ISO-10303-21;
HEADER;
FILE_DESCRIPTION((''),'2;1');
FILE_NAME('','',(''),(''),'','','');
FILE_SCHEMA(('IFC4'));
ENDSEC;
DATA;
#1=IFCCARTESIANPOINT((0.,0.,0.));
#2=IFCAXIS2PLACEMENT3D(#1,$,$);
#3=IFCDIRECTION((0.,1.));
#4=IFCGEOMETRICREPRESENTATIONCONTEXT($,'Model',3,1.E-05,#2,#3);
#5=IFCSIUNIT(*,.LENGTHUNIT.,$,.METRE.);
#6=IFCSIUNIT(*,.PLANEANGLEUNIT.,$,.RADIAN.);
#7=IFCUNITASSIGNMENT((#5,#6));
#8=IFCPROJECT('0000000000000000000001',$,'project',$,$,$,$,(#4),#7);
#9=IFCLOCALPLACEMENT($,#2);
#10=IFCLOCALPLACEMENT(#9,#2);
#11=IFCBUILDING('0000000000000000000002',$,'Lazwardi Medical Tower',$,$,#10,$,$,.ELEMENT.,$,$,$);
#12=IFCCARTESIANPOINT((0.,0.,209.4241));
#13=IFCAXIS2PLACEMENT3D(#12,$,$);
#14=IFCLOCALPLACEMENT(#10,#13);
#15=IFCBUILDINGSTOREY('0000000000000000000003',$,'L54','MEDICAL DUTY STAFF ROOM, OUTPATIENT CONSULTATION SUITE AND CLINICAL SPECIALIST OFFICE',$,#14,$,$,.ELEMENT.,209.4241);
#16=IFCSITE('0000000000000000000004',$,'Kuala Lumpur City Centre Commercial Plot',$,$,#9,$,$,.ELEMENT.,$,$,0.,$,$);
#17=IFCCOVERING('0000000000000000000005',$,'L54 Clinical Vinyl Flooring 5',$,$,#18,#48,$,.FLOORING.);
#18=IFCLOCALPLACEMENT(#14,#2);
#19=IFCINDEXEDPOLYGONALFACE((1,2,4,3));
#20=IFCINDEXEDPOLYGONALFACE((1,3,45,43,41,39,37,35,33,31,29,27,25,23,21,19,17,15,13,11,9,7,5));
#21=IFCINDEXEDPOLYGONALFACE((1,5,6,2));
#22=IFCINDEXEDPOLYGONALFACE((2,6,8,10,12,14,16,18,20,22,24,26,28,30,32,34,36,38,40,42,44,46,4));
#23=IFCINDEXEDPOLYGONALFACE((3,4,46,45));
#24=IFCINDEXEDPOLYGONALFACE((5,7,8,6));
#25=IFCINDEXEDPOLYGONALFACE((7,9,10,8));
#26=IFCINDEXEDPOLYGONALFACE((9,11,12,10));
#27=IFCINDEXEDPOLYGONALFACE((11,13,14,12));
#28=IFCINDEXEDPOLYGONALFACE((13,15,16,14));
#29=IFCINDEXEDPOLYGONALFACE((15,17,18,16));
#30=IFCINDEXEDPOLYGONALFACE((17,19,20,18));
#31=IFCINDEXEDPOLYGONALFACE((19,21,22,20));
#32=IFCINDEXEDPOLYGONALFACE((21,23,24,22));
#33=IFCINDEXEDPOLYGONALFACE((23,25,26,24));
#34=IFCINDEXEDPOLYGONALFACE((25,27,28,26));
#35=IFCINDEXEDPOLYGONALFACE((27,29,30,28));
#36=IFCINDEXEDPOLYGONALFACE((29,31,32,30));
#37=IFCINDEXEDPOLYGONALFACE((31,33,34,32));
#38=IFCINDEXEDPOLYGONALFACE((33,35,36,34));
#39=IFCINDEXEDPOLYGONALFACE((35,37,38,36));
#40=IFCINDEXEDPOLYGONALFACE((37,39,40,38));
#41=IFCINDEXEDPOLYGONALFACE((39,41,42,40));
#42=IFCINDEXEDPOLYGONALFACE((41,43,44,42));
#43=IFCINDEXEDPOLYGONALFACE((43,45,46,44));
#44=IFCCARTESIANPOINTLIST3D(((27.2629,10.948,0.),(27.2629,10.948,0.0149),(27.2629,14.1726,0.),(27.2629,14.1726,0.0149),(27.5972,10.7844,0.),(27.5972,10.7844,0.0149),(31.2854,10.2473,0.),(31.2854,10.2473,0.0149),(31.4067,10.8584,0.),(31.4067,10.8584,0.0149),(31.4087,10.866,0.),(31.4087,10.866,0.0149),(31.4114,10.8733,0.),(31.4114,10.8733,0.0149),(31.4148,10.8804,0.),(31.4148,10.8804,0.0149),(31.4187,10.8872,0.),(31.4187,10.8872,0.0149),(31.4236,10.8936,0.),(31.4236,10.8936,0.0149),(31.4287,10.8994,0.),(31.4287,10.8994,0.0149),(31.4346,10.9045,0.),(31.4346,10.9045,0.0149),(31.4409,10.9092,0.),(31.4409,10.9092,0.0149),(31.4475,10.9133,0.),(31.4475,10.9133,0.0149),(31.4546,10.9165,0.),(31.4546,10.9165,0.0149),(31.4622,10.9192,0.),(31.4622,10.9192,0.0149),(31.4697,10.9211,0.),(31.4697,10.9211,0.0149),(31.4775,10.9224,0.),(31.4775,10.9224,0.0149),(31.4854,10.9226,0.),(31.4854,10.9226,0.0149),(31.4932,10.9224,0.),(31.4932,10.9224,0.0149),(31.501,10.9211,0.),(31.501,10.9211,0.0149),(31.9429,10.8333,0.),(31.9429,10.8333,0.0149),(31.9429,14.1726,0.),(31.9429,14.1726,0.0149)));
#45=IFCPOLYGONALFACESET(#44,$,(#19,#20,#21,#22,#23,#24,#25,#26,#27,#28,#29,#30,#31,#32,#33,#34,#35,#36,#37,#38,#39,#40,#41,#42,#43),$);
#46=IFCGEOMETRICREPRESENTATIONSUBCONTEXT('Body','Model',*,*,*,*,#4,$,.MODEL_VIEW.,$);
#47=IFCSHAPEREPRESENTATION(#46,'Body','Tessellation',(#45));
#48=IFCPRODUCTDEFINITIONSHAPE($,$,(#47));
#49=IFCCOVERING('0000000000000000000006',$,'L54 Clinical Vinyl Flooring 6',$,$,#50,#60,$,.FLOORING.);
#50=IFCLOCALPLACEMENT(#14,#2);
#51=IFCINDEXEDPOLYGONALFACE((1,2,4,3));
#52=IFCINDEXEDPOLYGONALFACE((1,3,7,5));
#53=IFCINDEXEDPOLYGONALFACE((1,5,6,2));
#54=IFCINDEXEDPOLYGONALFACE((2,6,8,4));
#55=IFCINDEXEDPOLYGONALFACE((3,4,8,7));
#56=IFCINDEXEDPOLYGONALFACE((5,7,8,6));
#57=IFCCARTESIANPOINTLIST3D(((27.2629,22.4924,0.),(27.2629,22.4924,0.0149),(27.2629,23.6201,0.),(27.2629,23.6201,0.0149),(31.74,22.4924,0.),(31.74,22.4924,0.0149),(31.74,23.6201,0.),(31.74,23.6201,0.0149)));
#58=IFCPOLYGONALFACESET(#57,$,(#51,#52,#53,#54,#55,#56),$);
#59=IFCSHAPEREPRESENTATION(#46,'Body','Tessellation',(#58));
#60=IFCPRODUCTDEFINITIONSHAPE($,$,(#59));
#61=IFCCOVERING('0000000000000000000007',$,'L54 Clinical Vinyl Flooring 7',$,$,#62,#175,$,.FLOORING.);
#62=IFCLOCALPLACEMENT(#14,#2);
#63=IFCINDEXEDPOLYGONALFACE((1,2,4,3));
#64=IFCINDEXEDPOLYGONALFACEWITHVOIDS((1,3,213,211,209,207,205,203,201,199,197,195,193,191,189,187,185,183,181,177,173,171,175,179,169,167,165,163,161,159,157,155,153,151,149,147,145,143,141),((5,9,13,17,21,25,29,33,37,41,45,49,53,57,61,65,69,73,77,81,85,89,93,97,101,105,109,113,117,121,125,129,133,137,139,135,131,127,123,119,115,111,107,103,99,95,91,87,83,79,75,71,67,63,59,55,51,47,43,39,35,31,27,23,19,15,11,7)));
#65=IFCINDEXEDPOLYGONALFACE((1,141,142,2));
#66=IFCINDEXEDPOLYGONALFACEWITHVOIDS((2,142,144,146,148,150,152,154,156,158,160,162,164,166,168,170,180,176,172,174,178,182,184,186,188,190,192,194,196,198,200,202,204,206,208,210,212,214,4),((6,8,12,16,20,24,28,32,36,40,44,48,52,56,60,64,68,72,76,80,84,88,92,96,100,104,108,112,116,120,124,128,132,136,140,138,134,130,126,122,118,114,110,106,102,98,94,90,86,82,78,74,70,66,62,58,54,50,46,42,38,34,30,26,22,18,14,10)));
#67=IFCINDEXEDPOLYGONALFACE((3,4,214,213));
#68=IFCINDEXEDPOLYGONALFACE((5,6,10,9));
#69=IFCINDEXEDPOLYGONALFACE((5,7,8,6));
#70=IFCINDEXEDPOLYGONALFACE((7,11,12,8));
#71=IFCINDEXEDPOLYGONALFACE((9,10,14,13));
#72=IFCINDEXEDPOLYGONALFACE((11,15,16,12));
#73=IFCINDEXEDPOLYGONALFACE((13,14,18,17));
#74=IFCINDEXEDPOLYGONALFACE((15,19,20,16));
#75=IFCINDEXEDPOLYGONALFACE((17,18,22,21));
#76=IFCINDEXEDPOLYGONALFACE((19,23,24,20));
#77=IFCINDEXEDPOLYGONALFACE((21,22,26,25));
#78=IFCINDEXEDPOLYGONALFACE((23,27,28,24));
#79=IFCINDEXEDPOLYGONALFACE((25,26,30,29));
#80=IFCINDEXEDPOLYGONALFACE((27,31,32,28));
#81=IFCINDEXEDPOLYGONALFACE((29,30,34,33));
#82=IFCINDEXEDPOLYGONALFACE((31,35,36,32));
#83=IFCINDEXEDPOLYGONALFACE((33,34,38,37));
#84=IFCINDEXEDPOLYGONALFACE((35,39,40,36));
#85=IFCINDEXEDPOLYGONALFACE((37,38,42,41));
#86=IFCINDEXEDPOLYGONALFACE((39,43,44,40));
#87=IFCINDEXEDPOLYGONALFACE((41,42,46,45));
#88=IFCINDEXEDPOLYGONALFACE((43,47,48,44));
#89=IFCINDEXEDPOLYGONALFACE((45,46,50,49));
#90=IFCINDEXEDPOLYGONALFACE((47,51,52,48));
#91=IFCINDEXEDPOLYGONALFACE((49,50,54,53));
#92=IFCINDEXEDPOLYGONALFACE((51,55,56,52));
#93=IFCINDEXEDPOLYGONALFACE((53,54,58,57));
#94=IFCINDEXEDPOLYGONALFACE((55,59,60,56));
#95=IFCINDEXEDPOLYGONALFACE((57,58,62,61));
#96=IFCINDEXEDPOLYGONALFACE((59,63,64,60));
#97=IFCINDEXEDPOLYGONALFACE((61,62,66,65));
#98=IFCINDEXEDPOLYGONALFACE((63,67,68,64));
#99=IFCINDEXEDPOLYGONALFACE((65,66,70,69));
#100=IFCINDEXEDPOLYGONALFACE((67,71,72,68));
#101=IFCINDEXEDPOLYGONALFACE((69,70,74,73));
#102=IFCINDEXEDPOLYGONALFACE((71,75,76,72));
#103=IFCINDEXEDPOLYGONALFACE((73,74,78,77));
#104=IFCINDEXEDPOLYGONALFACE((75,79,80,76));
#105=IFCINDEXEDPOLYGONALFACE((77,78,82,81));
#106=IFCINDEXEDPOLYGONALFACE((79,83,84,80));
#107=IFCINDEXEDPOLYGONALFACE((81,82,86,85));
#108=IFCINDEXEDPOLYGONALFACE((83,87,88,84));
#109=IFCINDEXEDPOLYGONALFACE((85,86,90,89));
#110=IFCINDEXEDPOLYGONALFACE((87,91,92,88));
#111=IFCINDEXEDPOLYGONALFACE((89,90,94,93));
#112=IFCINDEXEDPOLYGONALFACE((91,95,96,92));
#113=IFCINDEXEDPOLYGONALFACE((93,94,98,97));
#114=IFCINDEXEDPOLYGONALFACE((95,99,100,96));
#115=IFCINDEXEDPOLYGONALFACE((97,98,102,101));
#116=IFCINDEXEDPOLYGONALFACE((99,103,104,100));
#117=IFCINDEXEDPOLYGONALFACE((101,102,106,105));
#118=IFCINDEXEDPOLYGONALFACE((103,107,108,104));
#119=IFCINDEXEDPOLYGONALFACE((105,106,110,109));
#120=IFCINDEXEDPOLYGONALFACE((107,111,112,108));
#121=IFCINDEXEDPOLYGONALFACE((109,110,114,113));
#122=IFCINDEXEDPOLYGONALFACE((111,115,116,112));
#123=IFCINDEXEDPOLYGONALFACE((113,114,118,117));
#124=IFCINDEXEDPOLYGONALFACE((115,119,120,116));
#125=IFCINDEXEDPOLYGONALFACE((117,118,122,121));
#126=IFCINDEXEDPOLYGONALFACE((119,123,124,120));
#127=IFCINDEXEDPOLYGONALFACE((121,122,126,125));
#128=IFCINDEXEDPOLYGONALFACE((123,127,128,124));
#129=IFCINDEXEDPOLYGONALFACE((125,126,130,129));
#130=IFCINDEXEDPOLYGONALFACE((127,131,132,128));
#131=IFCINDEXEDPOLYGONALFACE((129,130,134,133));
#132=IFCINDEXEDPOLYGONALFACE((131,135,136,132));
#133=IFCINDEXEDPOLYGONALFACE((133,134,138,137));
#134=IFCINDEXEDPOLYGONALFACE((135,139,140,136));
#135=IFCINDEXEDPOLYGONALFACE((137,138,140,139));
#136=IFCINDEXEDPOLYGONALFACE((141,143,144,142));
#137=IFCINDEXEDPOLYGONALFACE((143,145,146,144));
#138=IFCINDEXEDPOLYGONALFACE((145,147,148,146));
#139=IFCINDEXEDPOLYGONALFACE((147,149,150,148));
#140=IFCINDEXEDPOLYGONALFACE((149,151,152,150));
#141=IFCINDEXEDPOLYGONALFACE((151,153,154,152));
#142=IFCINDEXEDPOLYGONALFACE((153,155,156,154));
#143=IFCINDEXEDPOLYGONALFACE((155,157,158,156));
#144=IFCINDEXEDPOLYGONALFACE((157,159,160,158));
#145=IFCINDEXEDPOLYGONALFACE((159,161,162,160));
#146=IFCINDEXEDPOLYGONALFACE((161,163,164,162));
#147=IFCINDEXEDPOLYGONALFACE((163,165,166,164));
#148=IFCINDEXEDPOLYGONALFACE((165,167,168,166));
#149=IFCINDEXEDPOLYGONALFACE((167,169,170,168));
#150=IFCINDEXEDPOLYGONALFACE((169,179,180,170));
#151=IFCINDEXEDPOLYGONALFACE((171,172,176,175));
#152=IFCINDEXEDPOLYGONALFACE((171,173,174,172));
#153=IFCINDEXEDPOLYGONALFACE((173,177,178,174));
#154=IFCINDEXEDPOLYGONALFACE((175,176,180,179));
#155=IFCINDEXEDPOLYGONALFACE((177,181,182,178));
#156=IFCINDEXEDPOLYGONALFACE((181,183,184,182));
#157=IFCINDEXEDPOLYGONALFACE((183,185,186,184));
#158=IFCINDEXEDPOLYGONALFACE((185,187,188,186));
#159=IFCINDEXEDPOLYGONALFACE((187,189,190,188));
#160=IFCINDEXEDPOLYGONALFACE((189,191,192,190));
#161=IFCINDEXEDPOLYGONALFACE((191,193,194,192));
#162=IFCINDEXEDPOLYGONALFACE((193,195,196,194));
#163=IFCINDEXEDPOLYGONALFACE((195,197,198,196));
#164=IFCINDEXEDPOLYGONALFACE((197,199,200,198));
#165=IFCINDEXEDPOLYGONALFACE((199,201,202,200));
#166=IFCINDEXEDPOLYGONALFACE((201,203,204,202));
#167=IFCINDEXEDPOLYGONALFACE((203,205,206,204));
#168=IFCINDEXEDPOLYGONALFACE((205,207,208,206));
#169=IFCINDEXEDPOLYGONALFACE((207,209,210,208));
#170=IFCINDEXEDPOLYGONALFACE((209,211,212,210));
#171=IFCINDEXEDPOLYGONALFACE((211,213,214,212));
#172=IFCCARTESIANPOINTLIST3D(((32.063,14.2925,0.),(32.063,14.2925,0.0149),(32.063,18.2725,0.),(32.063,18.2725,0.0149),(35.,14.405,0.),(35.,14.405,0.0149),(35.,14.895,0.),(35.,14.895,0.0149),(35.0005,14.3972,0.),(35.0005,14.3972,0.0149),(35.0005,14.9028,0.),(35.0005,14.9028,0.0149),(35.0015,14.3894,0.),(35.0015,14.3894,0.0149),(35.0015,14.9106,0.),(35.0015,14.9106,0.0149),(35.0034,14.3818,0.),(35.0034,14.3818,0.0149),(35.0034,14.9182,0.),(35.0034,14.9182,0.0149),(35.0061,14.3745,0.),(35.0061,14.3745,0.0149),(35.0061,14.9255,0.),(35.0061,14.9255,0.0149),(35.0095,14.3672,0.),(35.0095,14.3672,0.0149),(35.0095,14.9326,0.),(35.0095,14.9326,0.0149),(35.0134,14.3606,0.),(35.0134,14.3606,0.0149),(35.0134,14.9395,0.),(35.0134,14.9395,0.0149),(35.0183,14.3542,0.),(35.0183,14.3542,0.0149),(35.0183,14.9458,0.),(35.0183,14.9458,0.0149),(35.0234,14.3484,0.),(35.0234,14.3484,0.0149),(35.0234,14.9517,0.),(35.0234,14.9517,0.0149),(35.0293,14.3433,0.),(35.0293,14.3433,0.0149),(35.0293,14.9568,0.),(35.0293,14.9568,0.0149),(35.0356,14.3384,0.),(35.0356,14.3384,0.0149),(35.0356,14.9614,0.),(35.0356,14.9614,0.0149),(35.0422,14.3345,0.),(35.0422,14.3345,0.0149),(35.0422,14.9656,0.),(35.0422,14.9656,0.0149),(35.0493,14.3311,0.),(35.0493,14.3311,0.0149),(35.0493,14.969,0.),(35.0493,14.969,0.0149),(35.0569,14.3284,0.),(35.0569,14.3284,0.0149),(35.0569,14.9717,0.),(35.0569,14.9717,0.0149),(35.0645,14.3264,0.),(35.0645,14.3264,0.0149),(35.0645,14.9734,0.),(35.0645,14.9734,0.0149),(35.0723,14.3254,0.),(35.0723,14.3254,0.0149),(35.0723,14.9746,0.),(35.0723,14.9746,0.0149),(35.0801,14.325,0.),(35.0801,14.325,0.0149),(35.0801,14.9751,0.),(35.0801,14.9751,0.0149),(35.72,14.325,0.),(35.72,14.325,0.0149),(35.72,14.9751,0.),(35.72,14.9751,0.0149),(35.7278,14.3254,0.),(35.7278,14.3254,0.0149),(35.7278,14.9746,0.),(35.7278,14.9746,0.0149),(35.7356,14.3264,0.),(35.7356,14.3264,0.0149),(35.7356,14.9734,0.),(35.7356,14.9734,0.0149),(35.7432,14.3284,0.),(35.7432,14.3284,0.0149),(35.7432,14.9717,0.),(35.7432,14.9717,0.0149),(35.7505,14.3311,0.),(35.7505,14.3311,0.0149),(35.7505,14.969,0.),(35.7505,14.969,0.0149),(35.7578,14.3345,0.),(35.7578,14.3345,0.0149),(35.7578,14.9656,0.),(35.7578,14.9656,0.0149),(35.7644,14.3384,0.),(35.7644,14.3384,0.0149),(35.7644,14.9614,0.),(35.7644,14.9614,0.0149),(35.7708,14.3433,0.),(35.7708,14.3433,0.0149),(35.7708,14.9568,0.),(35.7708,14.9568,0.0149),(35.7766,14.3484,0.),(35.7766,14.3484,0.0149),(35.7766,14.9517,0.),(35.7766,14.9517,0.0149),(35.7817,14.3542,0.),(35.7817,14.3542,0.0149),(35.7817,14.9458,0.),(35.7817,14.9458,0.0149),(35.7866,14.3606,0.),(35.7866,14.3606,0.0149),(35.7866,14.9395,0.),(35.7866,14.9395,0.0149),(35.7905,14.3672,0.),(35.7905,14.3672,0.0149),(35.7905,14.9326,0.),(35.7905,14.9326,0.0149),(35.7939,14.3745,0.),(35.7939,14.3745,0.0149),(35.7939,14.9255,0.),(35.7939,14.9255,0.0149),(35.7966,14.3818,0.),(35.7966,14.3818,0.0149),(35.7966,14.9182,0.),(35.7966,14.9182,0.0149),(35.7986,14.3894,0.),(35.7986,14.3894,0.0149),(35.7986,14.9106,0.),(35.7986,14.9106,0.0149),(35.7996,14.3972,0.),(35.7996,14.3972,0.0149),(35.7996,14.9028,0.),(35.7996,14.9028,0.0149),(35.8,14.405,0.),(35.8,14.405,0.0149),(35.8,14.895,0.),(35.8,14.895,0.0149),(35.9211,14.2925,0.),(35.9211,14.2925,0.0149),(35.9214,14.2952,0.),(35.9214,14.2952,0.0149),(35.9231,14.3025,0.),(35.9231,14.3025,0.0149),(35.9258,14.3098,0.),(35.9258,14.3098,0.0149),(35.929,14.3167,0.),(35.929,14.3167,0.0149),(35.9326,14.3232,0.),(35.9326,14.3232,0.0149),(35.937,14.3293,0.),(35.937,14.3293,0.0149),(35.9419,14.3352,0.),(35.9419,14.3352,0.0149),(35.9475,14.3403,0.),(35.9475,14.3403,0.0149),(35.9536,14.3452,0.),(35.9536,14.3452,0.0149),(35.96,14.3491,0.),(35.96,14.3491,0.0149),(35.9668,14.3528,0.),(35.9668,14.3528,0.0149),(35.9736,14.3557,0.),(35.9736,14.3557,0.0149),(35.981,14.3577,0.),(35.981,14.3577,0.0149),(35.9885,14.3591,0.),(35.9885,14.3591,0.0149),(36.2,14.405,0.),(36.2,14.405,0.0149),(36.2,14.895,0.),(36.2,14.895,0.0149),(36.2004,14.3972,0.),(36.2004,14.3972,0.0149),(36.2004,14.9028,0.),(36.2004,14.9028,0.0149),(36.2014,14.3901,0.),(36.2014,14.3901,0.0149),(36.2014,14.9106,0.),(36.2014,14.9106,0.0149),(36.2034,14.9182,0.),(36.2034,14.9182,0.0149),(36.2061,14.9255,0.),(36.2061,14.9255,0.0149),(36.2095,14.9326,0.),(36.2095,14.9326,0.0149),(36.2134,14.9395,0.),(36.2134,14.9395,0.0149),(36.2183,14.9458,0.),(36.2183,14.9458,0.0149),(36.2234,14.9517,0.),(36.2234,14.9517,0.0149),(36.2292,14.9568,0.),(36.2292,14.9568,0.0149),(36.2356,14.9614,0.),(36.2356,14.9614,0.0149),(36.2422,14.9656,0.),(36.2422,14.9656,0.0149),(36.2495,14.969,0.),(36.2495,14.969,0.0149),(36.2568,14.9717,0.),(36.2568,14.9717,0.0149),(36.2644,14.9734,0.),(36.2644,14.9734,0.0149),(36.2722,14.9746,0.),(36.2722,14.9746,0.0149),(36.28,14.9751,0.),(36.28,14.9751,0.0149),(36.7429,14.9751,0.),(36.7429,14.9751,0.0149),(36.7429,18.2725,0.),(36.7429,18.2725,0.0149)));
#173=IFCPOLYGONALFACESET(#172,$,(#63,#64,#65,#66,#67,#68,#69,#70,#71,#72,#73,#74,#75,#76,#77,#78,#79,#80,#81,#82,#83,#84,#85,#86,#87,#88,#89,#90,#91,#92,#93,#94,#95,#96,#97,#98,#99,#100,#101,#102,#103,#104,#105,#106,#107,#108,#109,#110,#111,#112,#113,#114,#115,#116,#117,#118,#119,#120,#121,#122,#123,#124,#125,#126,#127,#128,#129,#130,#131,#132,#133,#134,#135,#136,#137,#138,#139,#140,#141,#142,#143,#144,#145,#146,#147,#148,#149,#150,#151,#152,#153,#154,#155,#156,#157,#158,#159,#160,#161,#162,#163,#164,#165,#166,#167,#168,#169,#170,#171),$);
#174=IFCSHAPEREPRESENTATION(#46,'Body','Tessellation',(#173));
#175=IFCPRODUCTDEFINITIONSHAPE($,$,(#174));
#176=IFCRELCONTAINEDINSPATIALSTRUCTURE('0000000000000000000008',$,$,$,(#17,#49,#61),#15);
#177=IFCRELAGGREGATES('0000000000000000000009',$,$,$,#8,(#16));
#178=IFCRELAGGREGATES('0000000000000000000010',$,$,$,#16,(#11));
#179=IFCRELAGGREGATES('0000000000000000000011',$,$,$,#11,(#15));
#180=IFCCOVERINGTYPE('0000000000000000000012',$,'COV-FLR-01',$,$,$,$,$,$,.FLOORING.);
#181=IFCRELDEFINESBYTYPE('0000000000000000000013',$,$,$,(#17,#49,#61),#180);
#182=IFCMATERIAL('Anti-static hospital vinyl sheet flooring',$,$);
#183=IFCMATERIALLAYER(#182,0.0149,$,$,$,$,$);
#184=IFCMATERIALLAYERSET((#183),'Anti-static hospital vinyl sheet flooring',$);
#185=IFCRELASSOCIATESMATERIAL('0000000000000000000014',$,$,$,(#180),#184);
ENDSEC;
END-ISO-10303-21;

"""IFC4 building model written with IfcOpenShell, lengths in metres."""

from ifc_helpers import new_model, si_unit, direction, frame, origin, place, context, subcontext, project, spatial, polyline, outline, extrude, material, layer, layer_set, type_object, element, save


model = new_model("IFC4")

# Units and contexts
model_context = context("Model", 3, precision=1e-05, world=origin(), true_north=direction((0.0, 1.0)))
body_context = subcontext(model_context, "Body", "Model", "MODEL_VIEW")
ifc_project = project(units=[si_unit("LENGTHUNIT", "METRE"), si_unit("PLANEANGLEUNIT", "RADIAN")], contexts=[model_context])

# Site, building, storey
site_placement = place(None, origin())
site = spatial("IfcSite", under=ifc_project, at=site_placement, Name="Kuala Lumpur City Centre Commercial Plot", CompositionType="ELEMENT", RefElevation=0.0)
building_placement = place(site_placement, origin())
building = spatial("IfcBuilding", under=site, at=building_placement, Name="Lazwardi Medical Tower", CompositionType="ELEMENT")
storey_placement = place(building_placement, frame((0.0, 0.0, 209.4241)))
storey = spatial("IfcBuildingStorey", under=building, at=storey_placement, Name="L54", Description="MEDICAL DUTY STAFF ROOM, OUTPATIENT CONSULTATION SUITE AND CLINICAL SPECIALIST OFFICE", CompositionType="ELEMENT", Elevation=209.4241)

# Coverings
ifc_material_1 = material(Name="Anti-static hospital vinyl sheet flooring")
ifc_layer_1 = layer(ifc_material_1, 0.0149)
ifc_layer_set_1 = layer_set([ifc_layer_1], Name="Anti-static hospital vinyl sheet flooring")
covering_type_1 = type_object("IfcCoveringType", Name="COV-FLR-01", PredefinedType="FLOORING", material=ifc_layer_set_1)
covering_1_placement = place(storey_placement, origin())
element("IfcCovering", 1, at=covering_1_placement, inside=storey, type_object=covering_type_1, Name="L54 Clinical Vinyl Flooring 5", PredefinedType="FLOORING", context=body_context, shape_type="SweptSolid", body=[
    extrude(outline(polyline([(27.2629, 10.948), (27.5972, 10.7844), (31.2854, 10.2473), (31.4067, 10.8584), (31.4087, 10.866), (31.4114, 10.8733), (31.4148, 10.8804), (31.4187, 10.8872), (31.4236, 10.8936), (31.4287, 10.8994), (31.4346, 10.9045), (31.4409, 10.9092), (31.4475, 10.9133), (31.4546, 10.9165), (31.4622, 10.9192), (31.4697, 10.9211), (31.4775, 10.9224), (31.4854, 10.9226), (31.4932, 10.9224), (31.501, 10.9211), (31.9429, 10.8333), (31.9429, 14.1726), (27.2629, 14.1726), (27.2629, 10.948)])), origin(), (0.0, 0.0, 1.0), 0.0149),
])
covering_2_placement = place(storey_placement, origin())
element("IfcCovering", 2, at=covering_2_placement, inside=storey, type_object=covering_type_1, Name="L54 Clinical Vinyl Flooring 6", PredefinedType="FLOORING", context=body_context, shape_type="SweptSolid", body=[
    extrude(outline(polyline([(31.74, 22.4924), (31.74, 23.6201), (27.2629, 23.6201), (27.2629, 22.4924), (31.74, 22.4924)])), origin(), (0.0, 0.0, 1.0), 0.0149),
])
covering_3_placement = place(storey_placement, origin())
element("IfcCovering", 3, at=covering_3_placement, inside=storey, type_object=covering_type_1, Name="L54 Clinical Vinyl Flooring 7", PredefinedType="FLOORING", context=body_context, shape_type="SweptSolid", body=[
    extrude(outline(polyline([(35.9211, 14.2925), (35.9214, 14.2952), (35.9231, 14.3025), (35.9258, 14.3098), (35.929, 14.3167), (35.9326, 14.3232), (35.937, 14.3293), (35.9419, 14.3352), (35.9475, 14.3403), (35.9536, 14.3452), (35.96, 14.3491), (35.9668, 14.3528), (35.9736, 14.3557), (35.981, 14.3577), (35.9885, 14.3591), (36.2014, 14.3901), (36.2004, 14.3972), (36.2, 14.405), (36.2, 14.895), (36.2004, 14.9028), (36.2014, 14.9106), (36.2034, 14.9182), (36.2061, 14.9255), (36.2095, 14.9326), (36.2134, 14.9395), (36.2183, 14.9458), (36.2234, 14.9517), (36.2292, 14.9568), (36.2356, 14.9614), (36.2422, 14.9656), (36.2495, 14.969), (36.2568, 14.9717), (36.2644, 14.9734), (36.2722, 14.9746), (36.28, 14.9751), (36.7429, 14.9751), (36.7429, 18.2725), (32.063, 18.2725), (32.063, 14.2925), (35.9211, 14.2925)]), holes=[polyline([(35.7505, 14.3311), (35.7432, 14.3284), (35.7356, 14.3264), (35.7278, 14.3254), (35.72, 14.325), (35.0801, 14.325), (35.0723, 14.3254), (35.0645, 14.3264), (35.0569, 14.3284), (35.0493, 14.3311), (35.0422, 14.3345), (35.0356, 14.3384), (35.0293, 14.3433), (35.0234, 14.3484), (35.0183, 14.3542), (35.0134, 14.3606), (35.0095, 14.3672), (35.0061, 14.3745), (35.0034, 14.3818), (35.0015, 14.3894), (35.0005, 14.3972), (35.0, 14.405), (35.0, 14.895), (35.0005, 14.9028), (35.0015, 14.9106), (35.0034, 14.9182), (35.0061, 14.9255), (35.0095, 14.9326), (35.0134, 14.9395), (35.0183, 14.9458), (35.0234, 14.9517), (35.0293, 14.9568), (35.0356, 14.9614), (35.0422, 14.9656), (35.0493, 14.969), (35.0569, 14.9717), (35.0645, 14.9734), (35.0723, 14.9746), (35.0801, 14.9751), (35.72, 14.9751), (35.7278, 14.9746), (35.7356, 14.9734), (35.7432, 14.9717), (35.7505, 14.969), (35.7578, 14.9656), (35.7644, 14.9614), (35.7708, 14.9568), (35.7766, 14.9517), (35.7817, 14.9458), (35.7866, 14.9395), (35.7905, 14.9326), (35.7939, 14.9255), (35.7966, 14.9182), (35.7986, 14.9106), (35.7996, 14.9028), (35.8, 14.895), (35.8, 14.405), (35.7996, 14.3972), (35.7986, 14.3894), (35.7966, 14.3818), (35.7939, 14.3745), (35.7905, 14.3672), (35.7866, 14.3606), (35.7817, 14.3542), (35.7766, 14.3484), (35.7708, 14.3433), (35.7644, 14.3384), (35.7578, 14.3345), (35.7505, 14.3311)])]), origin(), (0.0, 0.0, 1.0), 0.0149),
])

save(model, "model.ifc")
